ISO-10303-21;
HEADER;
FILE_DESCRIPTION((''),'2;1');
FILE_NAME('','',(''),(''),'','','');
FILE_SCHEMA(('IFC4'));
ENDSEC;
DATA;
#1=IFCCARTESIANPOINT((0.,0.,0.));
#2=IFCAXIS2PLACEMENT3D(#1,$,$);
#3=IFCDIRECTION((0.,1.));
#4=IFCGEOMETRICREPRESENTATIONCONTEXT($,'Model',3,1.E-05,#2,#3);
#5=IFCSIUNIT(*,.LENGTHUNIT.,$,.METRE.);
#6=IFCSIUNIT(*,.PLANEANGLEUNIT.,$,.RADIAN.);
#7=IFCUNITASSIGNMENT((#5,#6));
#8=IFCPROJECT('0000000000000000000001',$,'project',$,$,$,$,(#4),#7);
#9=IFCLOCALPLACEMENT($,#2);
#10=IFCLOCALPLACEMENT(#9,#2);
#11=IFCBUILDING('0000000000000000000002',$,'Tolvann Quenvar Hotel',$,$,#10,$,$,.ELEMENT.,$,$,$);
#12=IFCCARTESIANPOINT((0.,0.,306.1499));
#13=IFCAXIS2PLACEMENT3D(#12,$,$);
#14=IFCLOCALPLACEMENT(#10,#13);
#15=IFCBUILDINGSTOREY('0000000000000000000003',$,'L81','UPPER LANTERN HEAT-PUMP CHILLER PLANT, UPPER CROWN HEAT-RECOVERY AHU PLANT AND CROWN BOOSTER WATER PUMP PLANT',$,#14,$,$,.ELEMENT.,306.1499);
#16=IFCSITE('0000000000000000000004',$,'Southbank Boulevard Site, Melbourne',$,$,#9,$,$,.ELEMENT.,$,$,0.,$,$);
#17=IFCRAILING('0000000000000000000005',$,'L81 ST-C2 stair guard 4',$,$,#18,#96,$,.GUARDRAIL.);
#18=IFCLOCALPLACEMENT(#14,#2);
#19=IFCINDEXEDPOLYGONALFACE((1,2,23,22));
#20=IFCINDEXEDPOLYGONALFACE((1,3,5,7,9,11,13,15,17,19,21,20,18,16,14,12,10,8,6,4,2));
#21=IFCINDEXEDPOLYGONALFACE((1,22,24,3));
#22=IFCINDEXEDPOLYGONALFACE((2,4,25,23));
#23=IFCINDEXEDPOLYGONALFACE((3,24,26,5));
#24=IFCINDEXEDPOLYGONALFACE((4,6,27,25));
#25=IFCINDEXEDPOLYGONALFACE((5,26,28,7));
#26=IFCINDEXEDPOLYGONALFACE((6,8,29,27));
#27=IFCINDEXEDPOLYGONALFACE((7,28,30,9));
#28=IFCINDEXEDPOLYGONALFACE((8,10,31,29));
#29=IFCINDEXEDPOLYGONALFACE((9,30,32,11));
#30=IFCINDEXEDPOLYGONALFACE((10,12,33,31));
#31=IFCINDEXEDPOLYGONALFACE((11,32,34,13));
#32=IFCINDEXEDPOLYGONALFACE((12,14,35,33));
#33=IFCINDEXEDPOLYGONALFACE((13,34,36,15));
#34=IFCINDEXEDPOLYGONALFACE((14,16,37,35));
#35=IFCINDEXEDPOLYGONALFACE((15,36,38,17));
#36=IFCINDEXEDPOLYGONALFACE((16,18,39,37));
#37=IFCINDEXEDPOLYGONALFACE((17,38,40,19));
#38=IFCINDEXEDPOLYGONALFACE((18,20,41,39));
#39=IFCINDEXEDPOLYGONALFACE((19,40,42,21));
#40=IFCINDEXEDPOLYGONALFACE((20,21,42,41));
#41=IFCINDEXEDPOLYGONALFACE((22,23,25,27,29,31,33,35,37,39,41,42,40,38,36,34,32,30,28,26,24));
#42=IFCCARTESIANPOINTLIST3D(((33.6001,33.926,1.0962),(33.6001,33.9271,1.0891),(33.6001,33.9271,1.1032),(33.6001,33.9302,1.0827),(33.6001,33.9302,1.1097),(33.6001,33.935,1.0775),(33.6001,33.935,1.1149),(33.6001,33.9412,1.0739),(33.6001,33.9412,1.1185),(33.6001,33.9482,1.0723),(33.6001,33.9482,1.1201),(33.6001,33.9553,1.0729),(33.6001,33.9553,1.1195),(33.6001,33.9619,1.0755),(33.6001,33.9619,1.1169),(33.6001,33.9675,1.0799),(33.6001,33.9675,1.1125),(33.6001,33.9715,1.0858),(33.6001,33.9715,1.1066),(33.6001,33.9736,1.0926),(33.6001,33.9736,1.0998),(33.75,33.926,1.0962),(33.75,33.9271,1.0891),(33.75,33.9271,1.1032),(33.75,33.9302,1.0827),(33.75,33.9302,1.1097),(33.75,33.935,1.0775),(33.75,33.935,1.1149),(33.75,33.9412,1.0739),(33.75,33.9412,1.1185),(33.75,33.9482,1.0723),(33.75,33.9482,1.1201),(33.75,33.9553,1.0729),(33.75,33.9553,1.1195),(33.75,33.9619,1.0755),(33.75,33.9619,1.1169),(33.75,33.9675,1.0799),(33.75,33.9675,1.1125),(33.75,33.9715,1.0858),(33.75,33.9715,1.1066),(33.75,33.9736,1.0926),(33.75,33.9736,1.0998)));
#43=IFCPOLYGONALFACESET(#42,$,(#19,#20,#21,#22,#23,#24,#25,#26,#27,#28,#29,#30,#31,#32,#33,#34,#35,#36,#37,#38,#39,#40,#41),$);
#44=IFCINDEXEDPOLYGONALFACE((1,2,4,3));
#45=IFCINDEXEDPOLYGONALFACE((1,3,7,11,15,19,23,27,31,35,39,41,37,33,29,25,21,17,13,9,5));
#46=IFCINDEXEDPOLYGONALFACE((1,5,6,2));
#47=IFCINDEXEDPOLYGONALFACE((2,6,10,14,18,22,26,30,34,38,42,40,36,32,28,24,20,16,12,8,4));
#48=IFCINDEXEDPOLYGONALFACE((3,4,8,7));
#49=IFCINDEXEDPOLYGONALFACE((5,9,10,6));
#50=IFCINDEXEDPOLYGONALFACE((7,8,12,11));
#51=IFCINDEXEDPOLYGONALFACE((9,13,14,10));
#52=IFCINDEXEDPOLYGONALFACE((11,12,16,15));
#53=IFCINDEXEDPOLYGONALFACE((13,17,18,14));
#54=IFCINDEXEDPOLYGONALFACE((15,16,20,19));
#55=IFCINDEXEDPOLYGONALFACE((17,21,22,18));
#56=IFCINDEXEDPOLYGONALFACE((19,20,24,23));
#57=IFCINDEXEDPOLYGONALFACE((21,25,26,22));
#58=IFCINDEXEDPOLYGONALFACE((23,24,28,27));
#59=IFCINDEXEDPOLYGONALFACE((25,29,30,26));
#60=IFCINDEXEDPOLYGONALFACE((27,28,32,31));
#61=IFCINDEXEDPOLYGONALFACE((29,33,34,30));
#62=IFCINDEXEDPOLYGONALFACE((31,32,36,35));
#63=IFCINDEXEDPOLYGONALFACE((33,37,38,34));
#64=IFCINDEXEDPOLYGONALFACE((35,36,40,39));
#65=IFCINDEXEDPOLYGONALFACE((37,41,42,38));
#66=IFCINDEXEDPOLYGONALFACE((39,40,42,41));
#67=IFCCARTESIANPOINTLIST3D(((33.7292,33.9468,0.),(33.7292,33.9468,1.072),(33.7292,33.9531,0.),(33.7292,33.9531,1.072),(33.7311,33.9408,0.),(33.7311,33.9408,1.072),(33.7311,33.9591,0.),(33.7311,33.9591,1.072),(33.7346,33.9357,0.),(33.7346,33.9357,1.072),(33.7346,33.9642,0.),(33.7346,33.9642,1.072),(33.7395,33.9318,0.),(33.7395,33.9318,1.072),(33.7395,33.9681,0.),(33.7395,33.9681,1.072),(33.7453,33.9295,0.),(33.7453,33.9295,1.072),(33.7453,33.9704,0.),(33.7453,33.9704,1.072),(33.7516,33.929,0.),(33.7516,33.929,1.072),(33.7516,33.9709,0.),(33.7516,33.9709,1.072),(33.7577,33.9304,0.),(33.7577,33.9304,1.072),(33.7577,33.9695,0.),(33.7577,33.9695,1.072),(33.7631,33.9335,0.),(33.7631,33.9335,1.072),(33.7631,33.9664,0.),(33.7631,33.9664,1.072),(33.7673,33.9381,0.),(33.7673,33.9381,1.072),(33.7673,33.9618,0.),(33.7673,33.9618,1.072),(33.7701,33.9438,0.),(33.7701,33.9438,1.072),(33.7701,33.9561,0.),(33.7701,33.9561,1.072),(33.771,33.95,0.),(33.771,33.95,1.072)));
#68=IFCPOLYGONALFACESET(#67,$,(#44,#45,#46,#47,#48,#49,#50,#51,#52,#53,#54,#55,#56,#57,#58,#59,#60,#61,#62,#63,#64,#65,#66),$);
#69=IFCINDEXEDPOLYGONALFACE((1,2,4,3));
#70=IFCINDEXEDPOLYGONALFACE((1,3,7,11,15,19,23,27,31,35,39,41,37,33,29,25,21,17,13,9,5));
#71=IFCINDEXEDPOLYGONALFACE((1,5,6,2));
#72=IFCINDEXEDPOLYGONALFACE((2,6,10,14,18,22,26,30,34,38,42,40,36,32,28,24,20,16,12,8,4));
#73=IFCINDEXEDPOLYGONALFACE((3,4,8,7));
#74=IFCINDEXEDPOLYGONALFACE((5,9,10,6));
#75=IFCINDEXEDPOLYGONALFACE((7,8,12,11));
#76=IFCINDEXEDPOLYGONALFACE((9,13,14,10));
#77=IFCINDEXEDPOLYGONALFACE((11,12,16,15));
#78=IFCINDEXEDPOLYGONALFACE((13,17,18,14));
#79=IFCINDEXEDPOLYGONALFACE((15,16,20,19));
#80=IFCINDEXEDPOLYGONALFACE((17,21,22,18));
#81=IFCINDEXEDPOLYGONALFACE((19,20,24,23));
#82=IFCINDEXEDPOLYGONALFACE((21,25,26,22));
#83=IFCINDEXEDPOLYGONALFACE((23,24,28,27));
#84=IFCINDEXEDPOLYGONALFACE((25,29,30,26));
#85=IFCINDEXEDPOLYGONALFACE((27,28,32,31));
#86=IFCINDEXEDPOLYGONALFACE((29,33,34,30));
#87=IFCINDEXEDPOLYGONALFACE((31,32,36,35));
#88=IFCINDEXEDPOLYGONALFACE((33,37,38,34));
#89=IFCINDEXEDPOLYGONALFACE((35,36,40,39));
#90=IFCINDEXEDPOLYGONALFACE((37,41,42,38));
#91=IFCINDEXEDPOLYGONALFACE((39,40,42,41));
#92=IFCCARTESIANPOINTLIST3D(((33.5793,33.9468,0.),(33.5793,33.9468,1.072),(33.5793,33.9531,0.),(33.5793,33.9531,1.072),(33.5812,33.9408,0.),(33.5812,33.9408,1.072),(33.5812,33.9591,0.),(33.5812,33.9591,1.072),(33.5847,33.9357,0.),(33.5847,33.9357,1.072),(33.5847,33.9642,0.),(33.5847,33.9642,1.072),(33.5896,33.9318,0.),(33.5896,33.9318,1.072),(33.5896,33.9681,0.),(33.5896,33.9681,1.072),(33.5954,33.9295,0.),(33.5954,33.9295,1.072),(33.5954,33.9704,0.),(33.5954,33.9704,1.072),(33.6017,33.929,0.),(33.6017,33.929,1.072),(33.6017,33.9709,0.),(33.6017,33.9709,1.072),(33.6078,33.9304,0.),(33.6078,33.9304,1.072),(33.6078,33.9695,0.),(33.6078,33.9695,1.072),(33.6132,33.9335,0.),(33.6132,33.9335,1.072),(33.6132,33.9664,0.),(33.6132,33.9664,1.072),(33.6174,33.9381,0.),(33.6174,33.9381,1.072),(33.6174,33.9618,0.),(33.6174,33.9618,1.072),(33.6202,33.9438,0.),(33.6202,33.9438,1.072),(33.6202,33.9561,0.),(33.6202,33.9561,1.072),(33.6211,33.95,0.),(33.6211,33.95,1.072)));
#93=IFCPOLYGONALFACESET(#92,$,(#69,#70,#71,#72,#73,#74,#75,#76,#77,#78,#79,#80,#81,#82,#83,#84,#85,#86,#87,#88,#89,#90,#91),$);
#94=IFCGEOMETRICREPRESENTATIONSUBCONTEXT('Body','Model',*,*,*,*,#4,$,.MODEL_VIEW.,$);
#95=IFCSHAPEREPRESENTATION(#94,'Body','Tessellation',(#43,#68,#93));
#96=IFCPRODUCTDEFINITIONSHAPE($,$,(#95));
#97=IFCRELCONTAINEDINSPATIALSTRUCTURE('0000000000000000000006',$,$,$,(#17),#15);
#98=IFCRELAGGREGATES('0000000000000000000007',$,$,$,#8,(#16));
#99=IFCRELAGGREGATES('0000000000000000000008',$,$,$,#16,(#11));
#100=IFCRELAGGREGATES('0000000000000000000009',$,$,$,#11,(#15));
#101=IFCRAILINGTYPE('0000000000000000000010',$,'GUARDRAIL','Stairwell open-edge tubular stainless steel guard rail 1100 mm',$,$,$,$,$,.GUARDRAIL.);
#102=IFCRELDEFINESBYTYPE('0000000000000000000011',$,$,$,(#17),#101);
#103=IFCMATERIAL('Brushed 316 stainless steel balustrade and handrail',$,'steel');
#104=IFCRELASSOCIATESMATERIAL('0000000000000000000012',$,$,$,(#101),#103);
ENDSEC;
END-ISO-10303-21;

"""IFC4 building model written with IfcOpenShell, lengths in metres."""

from ifc_helpers import new_model, si_unit, direction, frame, origin, origin_2d, place, context, subcontext, project, spatial, circle, extrude, material, type_object, element, save


model = new_model("IFC4")

# Units and contexts
model_context = context("Model", 3, precision=1e-05, world=origin(), true_north=direction((0.0, 1.0)))
body_context = subcontext(model_context, "Body", "Model", "MODEL_VIEW")
ifc_project = project(units=[si_unit("LENGTHUNIT", "METRE"), si_unit("PLANEANGLEUNIT", "RADIAN")], contexts=[model_context])

# Site, building, storey
site_placement = place(None, origin())
site = spatial("IfcSite", under=ifc_project, at=site_placement, Name="Southbank Boulevard Site, Melbourne", CompositionType="ELEMENT", RefElevation=0.0)
building_placement = place(site_placement, origin())
building = spatial("IfcBuilding", under=site, at=building_placement, Name="Tolvann Quenvar Hotel", CompositionType="ELEMENT")
storey_placement = place(building_placement, frame((0.0, 0.0, 306.1499)))
storey = spatial("IfcBuildingStorey", under=building, at=storey_placement, Name="L81", Description="UPPER LANTERN HEAT-PUMP CHILLER PLANT, UPPER CROWN HEAT-RECOVERY AHU PLANT AND CROWN BOOSTER WATER PUMP PLANT", CompositionType="ELEMENT", Elevation=306.1499)

# Railing
ifc_material_1 = material(Name="Brushed 316 stainless steel balustrade and handrail", Category="steel")
railing_type_1 = type_object("IfcRailingType", Name="GUARDRAIL", Description="Stairwell open-edge tubular stainless steel guard rail 1100 mm", PredefinedType="GUARDRAIL", material=ifc_material_1)
railing_1_placement = place(storey_placement, frame((33.75, 33.95, 0.0)))
element("IfcRailing", 1, at=railing_1_placement, inside=storey, type_object=railing_type_1, Name="L81 ST-C2 stair guard 4", PredefinedType="GUARDRAIL", context=body_context, shape_type="SweptSolid", body=[
    extrude(circle(Radius=0.0239, at=origin_2d()), frame((0.0, 0.0, 1.0962), z_axis=(-1.0, 0.0, 0.0), x_axis=(0.0, -1.0, 0.0)), (0.0, 0.0, 1.0), 0.1499),
    extrude(circle(Radius=0.021, at=origin_2d()), origin(), (0.0, 0.0, 1.0), 1.072),
    extrude(circle(Radius=0.021, at=origin_2d()), frame((-0.1499, 0.0, 0.0)), (0.0, 0.0, 1.0), 1.072),
])

save(model, "model.ifc")
